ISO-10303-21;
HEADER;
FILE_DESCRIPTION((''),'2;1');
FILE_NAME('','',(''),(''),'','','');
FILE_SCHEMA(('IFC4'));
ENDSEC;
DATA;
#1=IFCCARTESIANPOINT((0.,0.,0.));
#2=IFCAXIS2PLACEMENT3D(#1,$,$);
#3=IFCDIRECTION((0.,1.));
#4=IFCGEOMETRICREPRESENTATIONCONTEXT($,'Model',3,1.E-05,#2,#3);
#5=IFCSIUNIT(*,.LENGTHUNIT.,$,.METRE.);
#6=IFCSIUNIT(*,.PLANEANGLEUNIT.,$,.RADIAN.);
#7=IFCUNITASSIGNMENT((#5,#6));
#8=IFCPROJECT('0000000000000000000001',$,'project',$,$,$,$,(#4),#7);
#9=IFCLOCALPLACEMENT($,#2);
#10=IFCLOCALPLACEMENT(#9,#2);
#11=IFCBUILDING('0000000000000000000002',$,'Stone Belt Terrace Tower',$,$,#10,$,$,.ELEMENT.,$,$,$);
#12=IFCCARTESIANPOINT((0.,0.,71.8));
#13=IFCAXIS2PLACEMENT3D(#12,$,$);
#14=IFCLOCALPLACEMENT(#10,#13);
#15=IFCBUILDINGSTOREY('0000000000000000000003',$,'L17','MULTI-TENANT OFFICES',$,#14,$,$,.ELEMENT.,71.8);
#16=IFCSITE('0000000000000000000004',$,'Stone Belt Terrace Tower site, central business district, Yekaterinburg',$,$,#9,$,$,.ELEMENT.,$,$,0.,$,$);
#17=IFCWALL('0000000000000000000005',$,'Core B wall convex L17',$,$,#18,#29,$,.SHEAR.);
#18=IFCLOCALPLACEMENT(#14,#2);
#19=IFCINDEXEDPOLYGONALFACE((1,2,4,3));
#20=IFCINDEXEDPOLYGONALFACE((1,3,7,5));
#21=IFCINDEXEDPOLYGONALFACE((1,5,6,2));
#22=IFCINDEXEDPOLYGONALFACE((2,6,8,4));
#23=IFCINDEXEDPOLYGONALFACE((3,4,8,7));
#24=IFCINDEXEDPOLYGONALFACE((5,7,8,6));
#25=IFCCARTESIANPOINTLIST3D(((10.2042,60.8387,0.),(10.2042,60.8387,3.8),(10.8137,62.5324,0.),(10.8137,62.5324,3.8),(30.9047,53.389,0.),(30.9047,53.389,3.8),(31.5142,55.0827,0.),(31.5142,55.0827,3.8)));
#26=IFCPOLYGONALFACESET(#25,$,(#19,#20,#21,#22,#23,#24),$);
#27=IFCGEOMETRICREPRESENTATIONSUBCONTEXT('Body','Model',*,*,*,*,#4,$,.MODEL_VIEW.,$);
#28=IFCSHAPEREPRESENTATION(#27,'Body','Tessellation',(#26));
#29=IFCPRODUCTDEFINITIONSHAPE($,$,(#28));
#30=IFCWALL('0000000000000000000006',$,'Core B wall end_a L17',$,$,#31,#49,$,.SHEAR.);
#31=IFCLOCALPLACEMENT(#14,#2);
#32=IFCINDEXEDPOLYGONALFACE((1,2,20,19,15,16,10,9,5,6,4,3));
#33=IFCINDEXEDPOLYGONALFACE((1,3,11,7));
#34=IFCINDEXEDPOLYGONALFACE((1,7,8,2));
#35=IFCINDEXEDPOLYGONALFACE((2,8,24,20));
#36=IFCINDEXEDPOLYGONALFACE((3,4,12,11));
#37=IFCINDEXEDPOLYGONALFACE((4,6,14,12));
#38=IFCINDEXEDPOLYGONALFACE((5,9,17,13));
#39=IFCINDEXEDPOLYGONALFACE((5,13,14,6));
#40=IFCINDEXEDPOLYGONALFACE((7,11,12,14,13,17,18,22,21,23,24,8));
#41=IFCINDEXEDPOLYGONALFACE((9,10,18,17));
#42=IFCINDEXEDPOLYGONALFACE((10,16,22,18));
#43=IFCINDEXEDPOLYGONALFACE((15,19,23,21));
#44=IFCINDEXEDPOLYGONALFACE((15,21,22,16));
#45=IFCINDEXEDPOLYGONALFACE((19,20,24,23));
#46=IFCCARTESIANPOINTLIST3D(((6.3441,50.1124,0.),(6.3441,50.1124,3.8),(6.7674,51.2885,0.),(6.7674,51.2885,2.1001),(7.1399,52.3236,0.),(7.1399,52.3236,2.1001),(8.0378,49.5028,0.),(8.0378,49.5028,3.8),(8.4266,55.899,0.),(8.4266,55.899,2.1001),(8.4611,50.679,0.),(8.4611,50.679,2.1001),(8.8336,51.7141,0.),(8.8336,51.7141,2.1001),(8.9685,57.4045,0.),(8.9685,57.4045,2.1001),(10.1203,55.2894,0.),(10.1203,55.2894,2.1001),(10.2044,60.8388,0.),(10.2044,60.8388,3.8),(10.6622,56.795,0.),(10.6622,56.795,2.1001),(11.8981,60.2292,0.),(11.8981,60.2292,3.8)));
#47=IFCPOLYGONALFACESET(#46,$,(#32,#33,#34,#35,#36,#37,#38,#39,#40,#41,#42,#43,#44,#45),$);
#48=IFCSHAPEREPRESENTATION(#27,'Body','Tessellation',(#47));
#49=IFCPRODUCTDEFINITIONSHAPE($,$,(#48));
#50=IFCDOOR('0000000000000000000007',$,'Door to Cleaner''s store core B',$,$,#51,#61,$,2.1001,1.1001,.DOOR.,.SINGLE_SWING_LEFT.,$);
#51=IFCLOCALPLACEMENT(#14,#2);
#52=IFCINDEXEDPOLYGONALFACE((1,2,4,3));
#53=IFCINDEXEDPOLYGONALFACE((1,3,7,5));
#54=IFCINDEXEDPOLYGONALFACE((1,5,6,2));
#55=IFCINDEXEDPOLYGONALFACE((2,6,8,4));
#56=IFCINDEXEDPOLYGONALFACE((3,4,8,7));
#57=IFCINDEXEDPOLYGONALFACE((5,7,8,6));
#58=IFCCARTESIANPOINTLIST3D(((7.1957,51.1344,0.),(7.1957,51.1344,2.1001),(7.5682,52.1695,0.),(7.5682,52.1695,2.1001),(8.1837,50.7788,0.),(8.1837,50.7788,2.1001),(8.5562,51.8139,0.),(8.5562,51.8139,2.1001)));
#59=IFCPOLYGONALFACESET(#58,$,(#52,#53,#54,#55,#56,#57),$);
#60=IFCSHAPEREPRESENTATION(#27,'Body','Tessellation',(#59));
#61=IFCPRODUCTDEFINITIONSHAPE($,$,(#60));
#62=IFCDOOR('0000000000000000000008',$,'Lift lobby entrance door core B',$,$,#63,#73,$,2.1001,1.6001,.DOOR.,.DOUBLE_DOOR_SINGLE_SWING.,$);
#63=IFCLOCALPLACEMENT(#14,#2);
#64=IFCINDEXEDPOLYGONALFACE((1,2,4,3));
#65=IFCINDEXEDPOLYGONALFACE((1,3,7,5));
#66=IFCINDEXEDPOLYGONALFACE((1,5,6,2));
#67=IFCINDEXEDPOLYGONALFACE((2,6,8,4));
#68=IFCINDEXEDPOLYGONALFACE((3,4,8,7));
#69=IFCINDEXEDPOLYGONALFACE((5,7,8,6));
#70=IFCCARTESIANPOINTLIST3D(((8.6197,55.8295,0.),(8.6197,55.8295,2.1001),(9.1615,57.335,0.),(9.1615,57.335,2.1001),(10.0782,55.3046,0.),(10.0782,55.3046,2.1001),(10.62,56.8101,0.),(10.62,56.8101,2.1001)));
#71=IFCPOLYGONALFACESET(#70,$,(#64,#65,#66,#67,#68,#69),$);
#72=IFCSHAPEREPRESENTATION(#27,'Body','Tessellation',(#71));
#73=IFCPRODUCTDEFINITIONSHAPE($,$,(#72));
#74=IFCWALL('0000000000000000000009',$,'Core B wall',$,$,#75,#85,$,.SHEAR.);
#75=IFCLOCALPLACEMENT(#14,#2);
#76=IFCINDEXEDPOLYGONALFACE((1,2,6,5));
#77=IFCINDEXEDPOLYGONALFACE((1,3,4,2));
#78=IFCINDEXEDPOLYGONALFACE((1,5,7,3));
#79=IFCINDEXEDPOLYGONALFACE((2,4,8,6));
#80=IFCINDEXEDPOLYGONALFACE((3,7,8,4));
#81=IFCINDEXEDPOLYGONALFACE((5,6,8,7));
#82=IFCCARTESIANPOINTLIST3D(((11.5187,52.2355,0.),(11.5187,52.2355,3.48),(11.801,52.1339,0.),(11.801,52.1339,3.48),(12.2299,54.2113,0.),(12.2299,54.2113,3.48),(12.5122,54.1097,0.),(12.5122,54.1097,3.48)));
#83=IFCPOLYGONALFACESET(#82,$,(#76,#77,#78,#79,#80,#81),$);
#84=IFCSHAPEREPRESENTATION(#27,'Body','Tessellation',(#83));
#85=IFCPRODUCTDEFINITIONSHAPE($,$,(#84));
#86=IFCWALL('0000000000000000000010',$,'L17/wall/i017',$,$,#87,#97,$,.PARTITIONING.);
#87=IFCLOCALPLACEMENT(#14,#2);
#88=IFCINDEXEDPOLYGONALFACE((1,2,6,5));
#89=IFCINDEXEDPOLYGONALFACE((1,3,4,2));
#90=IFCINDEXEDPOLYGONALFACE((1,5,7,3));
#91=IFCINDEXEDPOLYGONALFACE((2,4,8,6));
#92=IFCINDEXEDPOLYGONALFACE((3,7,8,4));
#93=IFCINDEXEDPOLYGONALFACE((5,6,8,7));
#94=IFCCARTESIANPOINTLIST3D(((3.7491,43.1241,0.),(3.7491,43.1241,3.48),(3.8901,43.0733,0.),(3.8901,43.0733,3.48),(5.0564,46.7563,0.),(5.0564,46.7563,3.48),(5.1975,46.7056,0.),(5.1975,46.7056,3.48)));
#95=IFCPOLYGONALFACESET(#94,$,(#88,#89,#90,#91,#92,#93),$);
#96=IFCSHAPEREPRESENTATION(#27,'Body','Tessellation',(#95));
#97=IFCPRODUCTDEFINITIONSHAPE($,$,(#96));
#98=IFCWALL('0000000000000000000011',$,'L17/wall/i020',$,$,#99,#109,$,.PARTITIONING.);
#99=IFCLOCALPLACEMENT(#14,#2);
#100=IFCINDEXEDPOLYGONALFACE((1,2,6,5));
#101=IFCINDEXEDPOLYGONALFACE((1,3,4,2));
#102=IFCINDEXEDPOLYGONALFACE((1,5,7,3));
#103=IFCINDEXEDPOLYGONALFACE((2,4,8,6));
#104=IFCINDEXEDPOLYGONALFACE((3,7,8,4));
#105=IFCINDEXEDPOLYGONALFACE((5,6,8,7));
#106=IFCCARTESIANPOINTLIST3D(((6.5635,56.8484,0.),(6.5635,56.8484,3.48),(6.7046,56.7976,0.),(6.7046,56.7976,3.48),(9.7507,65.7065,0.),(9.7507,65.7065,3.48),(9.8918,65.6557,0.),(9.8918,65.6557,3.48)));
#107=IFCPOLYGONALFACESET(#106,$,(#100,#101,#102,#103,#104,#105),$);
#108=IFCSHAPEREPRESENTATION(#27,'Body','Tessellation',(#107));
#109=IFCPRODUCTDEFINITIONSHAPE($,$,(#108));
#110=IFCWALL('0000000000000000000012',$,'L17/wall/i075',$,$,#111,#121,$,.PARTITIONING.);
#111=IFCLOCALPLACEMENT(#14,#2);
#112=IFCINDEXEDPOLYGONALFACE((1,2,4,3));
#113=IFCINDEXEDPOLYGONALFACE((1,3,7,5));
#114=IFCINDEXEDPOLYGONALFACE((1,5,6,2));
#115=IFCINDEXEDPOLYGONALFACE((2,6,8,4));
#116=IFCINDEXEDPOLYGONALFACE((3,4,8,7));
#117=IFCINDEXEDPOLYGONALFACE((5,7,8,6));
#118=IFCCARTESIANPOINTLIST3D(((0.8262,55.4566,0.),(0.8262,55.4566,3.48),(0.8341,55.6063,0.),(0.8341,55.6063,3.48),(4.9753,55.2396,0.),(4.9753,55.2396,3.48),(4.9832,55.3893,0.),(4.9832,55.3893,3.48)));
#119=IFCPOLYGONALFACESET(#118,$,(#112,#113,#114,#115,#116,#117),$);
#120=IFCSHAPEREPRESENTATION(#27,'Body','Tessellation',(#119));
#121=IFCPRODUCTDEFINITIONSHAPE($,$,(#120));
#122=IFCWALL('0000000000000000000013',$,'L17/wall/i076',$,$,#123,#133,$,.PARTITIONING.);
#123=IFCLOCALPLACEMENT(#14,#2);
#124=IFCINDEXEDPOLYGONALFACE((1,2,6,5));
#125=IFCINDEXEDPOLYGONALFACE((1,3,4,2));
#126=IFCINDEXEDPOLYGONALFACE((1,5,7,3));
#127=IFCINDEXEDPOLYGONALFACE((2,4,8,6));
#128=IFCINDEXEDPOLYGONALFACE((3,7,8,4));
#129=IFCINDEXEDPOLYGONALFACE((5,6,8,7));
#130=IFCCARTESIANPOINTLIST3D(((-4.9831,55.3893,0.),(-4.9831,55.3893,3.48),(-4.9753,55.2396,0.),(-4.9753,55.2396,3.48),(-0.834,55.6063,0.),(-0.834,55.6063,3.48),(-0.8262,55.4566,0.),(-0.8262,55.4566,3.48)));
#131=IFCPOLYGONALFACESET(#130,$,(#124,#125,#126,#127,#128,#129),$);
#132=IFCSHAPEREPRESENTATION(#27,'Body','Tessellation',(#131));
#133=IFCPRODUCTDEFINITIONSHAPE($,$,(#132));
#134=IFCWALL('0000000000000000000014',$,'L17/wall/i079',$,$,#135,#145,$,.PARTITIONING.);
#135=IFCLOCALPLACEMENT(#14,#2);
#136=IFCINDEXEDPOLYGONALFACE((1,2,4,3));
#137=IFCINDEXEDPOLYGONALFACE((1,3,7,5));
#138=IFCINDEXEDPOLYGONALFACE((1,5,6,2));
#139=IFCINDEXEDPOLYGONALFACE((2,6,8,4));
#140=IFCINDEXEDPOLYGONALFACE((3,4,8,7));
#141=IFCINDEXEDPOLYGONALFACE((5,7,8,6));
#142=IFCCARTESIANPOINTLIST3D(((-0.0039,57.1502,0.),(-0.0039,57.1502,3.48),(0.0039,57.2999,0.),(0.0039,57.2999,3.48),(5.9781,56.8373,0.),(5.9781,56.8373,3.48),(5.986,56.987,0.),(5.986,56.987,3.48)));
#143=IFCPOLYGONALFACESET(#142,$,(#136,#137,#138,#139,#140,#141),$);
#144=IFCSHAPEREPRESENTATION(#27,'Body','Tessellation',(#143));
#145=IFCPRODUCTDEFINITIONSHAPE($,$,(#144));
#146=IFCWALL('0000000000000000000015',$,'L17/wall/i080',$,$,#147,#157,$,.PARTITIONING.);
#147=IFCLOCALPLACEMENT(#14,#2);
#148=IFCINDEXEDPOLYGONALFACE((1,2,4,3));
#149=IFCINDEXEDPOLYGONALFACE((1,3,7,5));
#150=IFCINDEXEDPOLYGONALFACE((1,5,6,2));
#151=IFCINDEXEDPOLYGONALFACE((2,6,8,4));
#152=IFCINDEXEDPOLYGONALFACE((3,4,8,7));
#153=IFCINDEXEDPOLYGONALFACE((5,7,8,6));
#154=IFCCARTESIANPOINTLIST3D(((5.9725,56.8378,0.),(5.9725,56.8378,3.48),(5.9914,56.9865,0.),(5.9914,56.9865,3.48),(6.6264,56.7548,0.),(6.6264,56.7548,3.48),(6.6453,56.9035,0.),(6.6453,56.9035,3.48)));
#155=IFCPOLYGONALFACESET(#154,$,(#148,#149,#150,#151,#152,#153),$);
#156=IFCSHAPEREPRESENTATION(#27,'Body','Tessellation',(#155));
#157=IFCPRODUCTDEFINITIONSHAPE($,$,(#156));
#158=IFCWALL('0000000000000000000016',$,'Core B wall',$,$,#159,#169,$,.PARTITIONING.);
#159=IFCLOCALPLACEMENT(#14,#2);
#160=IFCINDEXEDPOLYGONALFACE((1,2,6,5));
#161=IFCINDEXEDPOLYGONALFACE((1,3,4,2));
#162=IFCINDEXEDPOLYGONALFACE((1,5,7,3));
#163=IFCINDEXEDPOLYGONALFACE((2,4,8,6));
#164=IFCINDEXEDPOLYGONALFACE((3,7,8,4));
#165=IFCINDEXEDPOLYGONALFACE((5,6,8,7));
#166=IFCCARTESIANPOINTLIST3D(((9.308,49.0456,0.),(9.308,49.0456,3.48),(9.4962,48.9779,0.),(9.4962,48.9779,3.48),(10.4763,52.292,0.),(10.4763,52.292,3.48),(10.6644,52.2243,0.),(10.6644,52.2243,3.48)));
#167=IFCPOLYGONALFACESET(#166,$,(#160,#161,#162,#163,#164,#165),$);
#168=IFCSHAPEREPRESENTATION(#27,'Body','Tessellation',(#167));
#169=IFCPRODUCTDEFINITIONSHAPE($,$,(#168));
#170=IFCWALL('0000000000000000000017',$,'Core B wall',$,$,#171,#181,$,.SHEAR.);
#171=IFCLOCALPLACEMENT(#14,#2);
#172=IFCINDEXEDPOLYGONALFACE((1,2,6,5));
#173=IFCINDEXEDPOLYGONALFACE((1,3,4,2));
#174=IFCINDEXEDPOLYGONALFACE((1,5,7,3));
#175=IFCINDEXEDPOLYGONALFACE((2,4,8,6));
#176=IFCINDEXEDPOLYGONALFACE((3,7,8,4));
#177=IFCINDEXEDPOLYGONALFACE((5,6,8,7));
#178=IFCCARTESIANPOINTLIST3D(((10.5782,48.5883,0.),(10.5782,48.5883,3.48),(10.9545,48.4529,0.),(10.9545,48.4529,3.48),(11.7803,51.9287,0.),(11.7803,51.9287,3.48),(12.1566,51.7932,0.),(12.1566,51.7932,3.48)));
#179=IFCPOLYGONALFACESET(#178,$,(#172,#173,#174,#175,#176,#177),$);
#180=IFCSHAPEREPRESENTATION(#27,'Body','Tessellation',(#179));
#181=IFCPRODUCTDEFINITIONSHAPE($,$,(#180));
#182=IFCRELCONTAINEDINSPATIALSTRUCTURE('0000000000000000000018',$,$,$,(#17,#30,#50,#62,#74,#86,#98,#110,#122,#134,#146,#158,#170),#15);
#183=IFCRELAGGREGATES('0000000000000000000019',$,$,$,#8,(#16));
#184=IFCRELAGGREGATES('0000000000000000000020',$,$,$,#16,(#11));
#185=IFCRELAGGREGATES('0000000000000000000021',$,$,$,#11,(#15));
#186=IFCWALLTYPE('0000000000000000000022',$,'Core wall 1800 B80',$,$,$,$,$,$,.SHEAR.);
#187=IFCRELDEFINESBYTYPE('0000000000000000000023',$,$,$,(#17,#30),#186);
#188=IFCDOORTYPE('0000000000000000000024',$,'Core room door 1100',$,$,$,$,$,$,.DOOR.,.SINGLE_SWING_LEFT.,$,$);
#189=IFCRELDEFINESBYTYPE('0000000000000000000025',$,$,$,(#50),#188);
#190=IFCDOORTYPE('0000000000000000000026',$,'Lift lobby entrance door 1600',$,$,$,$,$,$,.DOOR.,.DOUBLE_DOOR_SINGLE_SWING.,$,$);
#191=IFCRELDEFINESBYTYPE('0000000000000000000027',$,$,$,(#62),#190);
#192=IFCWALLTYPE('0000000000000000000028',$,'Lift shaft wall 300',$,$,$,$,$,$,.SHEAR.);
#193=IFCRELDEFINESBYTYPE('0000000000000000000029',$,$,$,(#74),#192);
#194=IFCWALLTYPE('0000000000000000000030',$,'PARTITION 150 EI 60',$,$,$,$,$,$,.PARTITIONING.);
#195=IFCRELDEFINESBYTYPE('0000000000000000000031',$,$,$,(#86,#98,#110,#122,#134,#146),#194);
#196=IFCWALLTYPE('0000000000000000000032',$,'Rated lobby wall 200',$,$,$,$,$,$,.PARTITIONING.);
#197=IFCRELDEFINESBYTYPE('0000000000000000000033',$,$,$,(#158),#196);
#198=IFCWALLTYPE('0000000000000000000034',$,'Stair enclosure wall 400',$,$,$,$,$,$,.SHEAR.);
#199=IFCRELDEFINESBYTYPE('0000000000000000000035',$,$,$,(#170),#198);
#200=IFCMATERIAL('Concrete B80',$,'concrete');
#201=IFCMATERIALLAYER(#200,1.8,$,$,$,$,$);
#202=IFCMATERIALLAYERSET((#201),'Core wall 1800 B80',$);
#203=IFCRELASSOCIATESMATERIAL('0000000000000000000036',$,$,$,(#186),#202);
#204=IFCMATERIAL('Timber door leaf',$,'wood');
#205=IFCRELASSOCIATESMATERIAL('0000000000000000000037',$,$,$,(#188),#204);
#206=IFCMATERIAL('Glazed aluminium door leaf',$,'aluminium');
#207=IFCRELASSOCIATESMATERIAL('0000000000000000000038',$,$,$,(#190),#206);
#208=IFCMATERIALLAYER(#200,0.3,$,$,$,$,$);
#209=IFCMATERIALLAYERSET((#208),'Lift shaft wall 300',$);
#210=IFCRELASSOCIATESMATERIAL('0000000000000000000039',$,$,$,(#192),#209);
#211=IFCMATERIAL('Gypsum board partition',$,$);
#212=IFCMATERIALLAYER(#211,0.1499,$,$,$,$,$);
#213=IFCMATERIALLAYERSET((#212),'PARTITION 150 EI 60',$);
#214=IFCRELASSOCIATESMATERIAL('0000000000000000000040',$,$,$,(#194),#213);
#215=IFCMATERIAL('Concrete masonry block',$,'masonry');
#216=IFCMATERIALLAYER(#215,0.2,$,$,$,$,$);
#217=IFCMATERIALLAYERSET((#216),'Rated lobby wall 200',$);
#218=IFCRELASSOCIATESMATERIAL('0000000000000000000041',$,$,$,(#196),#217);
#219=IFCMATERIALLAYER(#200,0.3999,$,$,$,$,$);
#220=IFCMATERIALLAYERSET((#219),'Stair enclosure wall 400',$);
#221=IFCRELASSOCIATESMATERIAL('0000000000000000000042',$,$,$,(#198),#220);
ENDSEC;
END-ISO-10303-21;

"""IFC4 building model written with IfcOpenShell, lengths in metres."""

from ifc_helpers import new_model, si_unit, direction, frame, frame_2d, origin, place, context, subcontext, project, spatial, rectangle, extrude, material, layer, layer_set, type_object, element, fill, save


model = new_model("IFC4")

# Units and contexts
model_context = context("Model", 3, precision=1e-05, world=origin(), true_north=direction((0.0, 1.0)))
body_context = subcontext(model_context, "Body", "Model", "MODEL_VIEW")
ifc_project = project(units=[si_unit("LENGTHUNIT", "METRE"), si_unit("PLANEANGLEUNIT", "RADIAN")], contexts=[model_context])

# Site, building, storey
site_placement = place(None, origin())
site = spatial("IfcSite", under=ifc_project, at=site_placement, Name="Stone Belt Terrace Tower site, central business district, Yekaterinburg", CompositionType="ELEMENT", RefElevation=0.0)
building_placement = place(site_placement, origin())
building = spatial("IfcBuilding", under=site, at=building_placement, Name="Stone Belt Terrace Tower", CompositionType="ELEMENT")
storey_placement = place(building_placement, frame((0.0, 0.0, 71.8)))
storey = spatial("IfcBuildingStorey", under=building, at=storey_placement, Name="L17", Description="MULTI-TENANT OFFICES", CompositionType="ELEMENT", Elevation=71.8)

# Shared definitions
ifc_material_1 = material(Name="Concrete B80", Category="concrete")

# Shared definitions
ifc_layer_1 = layer(ifc_material_1, 1.8)
ifc_layer_set_1 = layer_set([ifc_layer_1], Name="Core wall 1800 B80")
wall_type_1 = type_object("IfcWallType", Name="Core wall 1800 B80", PredefinedType="SHEAR", material=ifc_layer_set_1)
ifc_material_2 = material(Name="Timber door leaf", Category="wood")
door_type_1 = type_object("IfcDoorType", Name="Core room door 1100", OperationType="SINGLE_SWING_LEFT", PredefinedType="DOOR", material=ifc_material_2)

# Wall
wall_1_placement = place(storey_placement, frame((10.509, 61.6855, 0.0), z_axis=(0.0, 0.0, 1.0), x_axis=(0.940923, -0.338621, 0.0)))
element("IfcWall", 1, at=wall_1_placement, inside=storey, type_object=wall_type_1, Name="Core B wall convex L17", PredefinedType="SHEAR", context=body_context, shape_type="SweptSolid", body=[
    extrude(rectangle(XDim=22.0002, YDim=1.8, at=frame_2d((11.0, 0.0))), origin(), (0.0, 0.0, 1.0), 3.8),
])

# Wall, openings, doors
wall_2_placement = place(storey_placement, frame((7.1909, 49.8076, 0.0), z_axis=(0.0, 0.0, 1.0), x_axis=(0.338632, 0.940919, 0.0)))
wall_2 = element("IfcWall", 2, at=wall_2_placement, inside=storey, type_object=wall_type_1, Name="Core B wall end_a L17", PredefinedType="SHEAR", context=body_context, shape_type="SweptSolid", body=[
    extrude(rectangle(XDim=11.3999, YDim=1.8, at=frame_2d((5.7, 0.0))), origin(), (0.0, 0.0, 1.0), 3.8),
])
opening_1_placement = place(wall_2_placement, frame((6.1499, 0.0, 0.0)))
opening_1 = element("IfcOpeningElement", 3, at=opening_1_placement, cuts=wall_2, PredefinedType="OPENING", context=body_context, shape_type="SweptSolid", body=[
    extrude(rectangle(XDim=1.6001, YDim=2.1001, at=frame_2d((0.8, 1.05))), frame((0.0, 0.9099, 0.0), z_axis=(0.0, -1.0, 0.0), x_axis=(1.0, 0.0, 0.0)), (0.0, 0.0, 1.0), 1.8201),
])
opening_2_placement = place(wall_2_placement, frame((1.25, 0.0, 0.0)))
opening_2 = element("IfcOpeningElement", 4, at=opening_2_placement, cuts=wall_2, PredefinedType="OPENING", context=body_context, shape_type="SweptSolid", body=[
    extrude(rectangle(XDim=1.1001, YDim=2.1001, at=frame_2d((0.55, 1.05))), frame((0.0, 0.9099, 0.0), z_axis=(0.0, -1.0, 0.0), x_axis=(1.0, 0.0, 0.0)), (0.0, 0.0, 1.0), 1.8201),
])
door_1_placement = place(opening_2_placement, origin())
door_1 = element("IfcDoor", 5, at=door_1_placement, inside=storey, type_object=door_type_1, Name="Door to Cleaner's store core B", OperationType="SINGLE_SWING_LEFT", OverallHeight=2.1001, OverallWidth=1.1001, PredefinedType="DOOR", context=body_context, shape_type="SweptSolid", body=[
    extrude(rectangle(XDim=1.1001, YDim=2.1001, at=frame_2d((0.55, 1.05))), frame((0.0, 0.4448, 0.0), z_axis=(0.0, -1.0, 0.0), x_axis=(1.0, 0.0, 0.0)), (0.0, 0.0, 1.0), 1.05),
])
fill(opening_2, door_1)
ifc_material_3 = material(Name="Glazed aluminium door leaf", Category="aluminium")
door_type_2 = type_object("IfcDoorType", Name="Lift lobby entrance door 1600", OperationType="DOUBLE_DOOR_SINGLE_SWING", PredefinedType="DOOR", material=ifc_material_3)
door_2_placement = place(opening_1_placement, origin())
door_2 = element("IfcDoor", 6, at=door_2_placement, inside=storey, type_object=door_type_2, Name="Lift lobby entrance door core B", OperationType="DOUBLE_DOOR_SINGLE_SWING", OverallHeight=2.1001, OverallWidth=1.6001, PredefinedType="DOOR", context=body_context, shape_type="SweptSolid", body=[
    extrude(rectangle(XDim=1.6001, YDim=2.1001, at=frame_2d((0.8, 1.05))), frame((0.0, 0.6948, 0.0), z_axis=(0.0, -1.0, 0.0), x_axis=(1.0, 0.0, 0.0)), (0.0, 0.0, 1.0), 1.55),
])
fill(opening_1, door_2)

# Walls
ifc_layer_2 = layer(ifc_material_1, 0.3)
ifc_layer_set_2 = layer_set([ifc_layer_2], Name="Lift shaft wall 300")
wall_type_2 = type_object("IfcWallType", Name="Lift shaft wall 300", PredefinedType="SHEAR", material=ifc_layer_set_2)
wall_3_placement = place(storey_placement, frame((11.6599, 52.1848, 0.0), z_axis=(0.0, 0.0, 1.0), x_axis=(0.33867, 0.940905, 0.0)))
element("IfcWall", 7, at=wall_3_placement, inside=storey, type_object=wall_type_2, Name="Core B wall", PredefinedType="SHEAR", context=body_context, shape_type="SweptSolid", body=[
    extrude(rectangle(XDim=2.0999, YDim=0.3, at=frame_2d((1.0498, 0.0))), origin(), (0.0, 0.0, 1.0), 3.48),
])
ifc_material_4 = material(Name="Gypsum board partition")
ifc_layer_3 = layer(ifc_material_4, 0.1499)
ifc_layer_set_3 = layer_set([ifc_layer_3], Name="PARTITION 150 EI 60")
wall_type_3 = type_object("IfcWallType", Name="PARTITION 150 EI 60", PredefinedType="PARTITIONING", material=ifc_layer_set_3)
wall_4_placement = place(storey_placement, frame((5.127, 46.731, 0.0), z_axis=(0.0, 0.0, 1.0), x_axis=(-0.338659, -0.940909, 0.0)))
element("IfcWall", 8, at=wall_4_placement, inside=storey, type_object=wall_type_3, Name="L17/wall/i017", PredefinedType="PARTITIONING", context=body_context, shape_type="SweptSolid", body=[
    extrude(rectangle(XDim=3.8604, YDim=0.1499, at=frame_2d((1.9302, 0.0))), origin(), (0.0, 0.0, 1.0), 3.48),
])
wall_5_placement = place(storey_placement, frame((6.634, 56.823, 0.0), z_axis=(0.0, 0.0, 1.0), x_axis=(0.338562, 0.940944, 0.0)))
element("IfcWall", 9, at=wall_5_placement, inside=storey, type_object=wall_type_3, Name="L17/wall/i020", PredefinedType="PARTITIONING", context=body_context, shape_type="SweptSolid", body=[
    extrude(rectangle(XDim=9.4141, YDim=0.1499, at=frame_2d((4.707, 0.0))), origin(), (0.0, 0.0, 1.0), 3.48),
])
for number, where, z_axis, x_axis, name in (
    (10, (4.9792, 55.3145, 0.0), (0.0, 0.0, 1.0), (-0.998635, 0.052238, 0.0), "L17/wall/i075"),
    (11, (-0.8301, 55.5315, 0.0), (0.0, 0.0, 1.0), (-0.998635, -0.052238, 0.0), "L17/wall/i076"),
):
    element("IfcWall", number, at=place(storey_placement, frame(where, z_axis=z_axis, x_axis=x_axis)), inside=storey, type_object=wall_type_3, Name=name, PredefinedType="PARTITIONING", context=body_context, shape_type="SweptSolid", body=[
        extrude(rectangle(XDim=4.1548, YDim=0.1499, at=frame_2d((2.0774, 0.0))), origin(), (0.0, 0.0, 1.0), 3.48),
    ])
wall_6_placement = place(storey_placement, frame((0.0, 57.2251, 0.0), z_axis=(0.0, 0.0, 1.0), x_axis=(0.998634, -0.052251, 0.0)))
element("IfcWall", 12, at=wall_6_placement, inside=storey, type_object=wall_type_3, Name="L17/wall/i079", PredefinedType="PARTITIONING", context=body_context, shape_type="SweptSolid", body=[
    extrude(rectangle(XDim=5.9902, YDim=0.1499, at=frame_2d((2.9951, 0.0))), origin(), (0.0, 0.0, 1.0), 3.48),
])
wall_7_placement = place(storey_placement, frame((5.9819, 56.9121, 0.0), z_axis=(0.0, 0.0, 1.0), x_axis=(0.992043, -0.125903, 0.0)))
element("IfcWall", 13, at=wall_7_placement, inside=storey, type_object=wall_type_3, Name="L17/wall/i080", PredefinedType="PARTITIONING", context=body_context, shape_type="SweptSolid", body=[
    extrude(rectangle(XDim=0.6592, YDim=0.1499, at=frame_2d((0.3296, 0.0))), origin(), (0.0, 0.0, 1.0), 3.48),
])
ifc_material_5 = material(Name="Concrete masonry block", Category="masonry")
ifc_layer_4 = layer(ifc_material_5, 0.2)
ifc_layer_set_4 = layer_set([ifc_layer_4], Name="Rated lobby wall 200")
wall_type_4 = type_object("IfcWallType", Name="Rated lobby wall 200", PredefinedType="PARTITIONING", material=ifc_layer_set_4)
wall_8_placement = place(storey_placement, frame((9.4021, 49.0117, 0.0), z_axis=(0.0, 0.0, 1.0), x_axis=(0.338599, 0.940931, 0.0)))
element("IfcWall", 14, at=wall_8_placement, inside=storey, type_object=wall_type_4, Name="Core B wall", PredefinedType="PARTITIONING", context=body_context, shape_type="SweptSolid", body=[
    extrude(rectangle(XDim=3.4502, YDim=0.2, at=frame_2d((1.7251, 0.0))), origin(), (0.0, 0.0, 1.0), 3.48),
])
ifc_layer_5 = layer(ifc_material_1, 0.3999)
ifc_layer_set_5 = layer_set([ifc_layer_5], Name="Stair enclosure wall 400")
wall_type_5 = type_object("IfcWallType", Name="Stair enclosure wall 400", PredefinedType="SHEAR", material=ifc_layer_set_5)
wall_9_placement = place(storey_placement, frame((10.7664, 48.5208, 0.0), z_axis=(0.0, 0.0, 1.0), x_axis=(0.338627, 0.940921, 0.0)))
element("IfcWall", 15, at=wall_9_placement, inside=storey, type_object=wall_type_5, Name="Core B wall", PredefinedType="SHEAR", context=body_context, shape_type="SweptSolid", body=[
    extrude(rectangle(XDim=3.55, YDim=0.3999, at=frame_2d((1.7749, 0.0))), origin(), (0.0, 0.0, 1.0), 3.48),
])

save(model, "model.ifc")
